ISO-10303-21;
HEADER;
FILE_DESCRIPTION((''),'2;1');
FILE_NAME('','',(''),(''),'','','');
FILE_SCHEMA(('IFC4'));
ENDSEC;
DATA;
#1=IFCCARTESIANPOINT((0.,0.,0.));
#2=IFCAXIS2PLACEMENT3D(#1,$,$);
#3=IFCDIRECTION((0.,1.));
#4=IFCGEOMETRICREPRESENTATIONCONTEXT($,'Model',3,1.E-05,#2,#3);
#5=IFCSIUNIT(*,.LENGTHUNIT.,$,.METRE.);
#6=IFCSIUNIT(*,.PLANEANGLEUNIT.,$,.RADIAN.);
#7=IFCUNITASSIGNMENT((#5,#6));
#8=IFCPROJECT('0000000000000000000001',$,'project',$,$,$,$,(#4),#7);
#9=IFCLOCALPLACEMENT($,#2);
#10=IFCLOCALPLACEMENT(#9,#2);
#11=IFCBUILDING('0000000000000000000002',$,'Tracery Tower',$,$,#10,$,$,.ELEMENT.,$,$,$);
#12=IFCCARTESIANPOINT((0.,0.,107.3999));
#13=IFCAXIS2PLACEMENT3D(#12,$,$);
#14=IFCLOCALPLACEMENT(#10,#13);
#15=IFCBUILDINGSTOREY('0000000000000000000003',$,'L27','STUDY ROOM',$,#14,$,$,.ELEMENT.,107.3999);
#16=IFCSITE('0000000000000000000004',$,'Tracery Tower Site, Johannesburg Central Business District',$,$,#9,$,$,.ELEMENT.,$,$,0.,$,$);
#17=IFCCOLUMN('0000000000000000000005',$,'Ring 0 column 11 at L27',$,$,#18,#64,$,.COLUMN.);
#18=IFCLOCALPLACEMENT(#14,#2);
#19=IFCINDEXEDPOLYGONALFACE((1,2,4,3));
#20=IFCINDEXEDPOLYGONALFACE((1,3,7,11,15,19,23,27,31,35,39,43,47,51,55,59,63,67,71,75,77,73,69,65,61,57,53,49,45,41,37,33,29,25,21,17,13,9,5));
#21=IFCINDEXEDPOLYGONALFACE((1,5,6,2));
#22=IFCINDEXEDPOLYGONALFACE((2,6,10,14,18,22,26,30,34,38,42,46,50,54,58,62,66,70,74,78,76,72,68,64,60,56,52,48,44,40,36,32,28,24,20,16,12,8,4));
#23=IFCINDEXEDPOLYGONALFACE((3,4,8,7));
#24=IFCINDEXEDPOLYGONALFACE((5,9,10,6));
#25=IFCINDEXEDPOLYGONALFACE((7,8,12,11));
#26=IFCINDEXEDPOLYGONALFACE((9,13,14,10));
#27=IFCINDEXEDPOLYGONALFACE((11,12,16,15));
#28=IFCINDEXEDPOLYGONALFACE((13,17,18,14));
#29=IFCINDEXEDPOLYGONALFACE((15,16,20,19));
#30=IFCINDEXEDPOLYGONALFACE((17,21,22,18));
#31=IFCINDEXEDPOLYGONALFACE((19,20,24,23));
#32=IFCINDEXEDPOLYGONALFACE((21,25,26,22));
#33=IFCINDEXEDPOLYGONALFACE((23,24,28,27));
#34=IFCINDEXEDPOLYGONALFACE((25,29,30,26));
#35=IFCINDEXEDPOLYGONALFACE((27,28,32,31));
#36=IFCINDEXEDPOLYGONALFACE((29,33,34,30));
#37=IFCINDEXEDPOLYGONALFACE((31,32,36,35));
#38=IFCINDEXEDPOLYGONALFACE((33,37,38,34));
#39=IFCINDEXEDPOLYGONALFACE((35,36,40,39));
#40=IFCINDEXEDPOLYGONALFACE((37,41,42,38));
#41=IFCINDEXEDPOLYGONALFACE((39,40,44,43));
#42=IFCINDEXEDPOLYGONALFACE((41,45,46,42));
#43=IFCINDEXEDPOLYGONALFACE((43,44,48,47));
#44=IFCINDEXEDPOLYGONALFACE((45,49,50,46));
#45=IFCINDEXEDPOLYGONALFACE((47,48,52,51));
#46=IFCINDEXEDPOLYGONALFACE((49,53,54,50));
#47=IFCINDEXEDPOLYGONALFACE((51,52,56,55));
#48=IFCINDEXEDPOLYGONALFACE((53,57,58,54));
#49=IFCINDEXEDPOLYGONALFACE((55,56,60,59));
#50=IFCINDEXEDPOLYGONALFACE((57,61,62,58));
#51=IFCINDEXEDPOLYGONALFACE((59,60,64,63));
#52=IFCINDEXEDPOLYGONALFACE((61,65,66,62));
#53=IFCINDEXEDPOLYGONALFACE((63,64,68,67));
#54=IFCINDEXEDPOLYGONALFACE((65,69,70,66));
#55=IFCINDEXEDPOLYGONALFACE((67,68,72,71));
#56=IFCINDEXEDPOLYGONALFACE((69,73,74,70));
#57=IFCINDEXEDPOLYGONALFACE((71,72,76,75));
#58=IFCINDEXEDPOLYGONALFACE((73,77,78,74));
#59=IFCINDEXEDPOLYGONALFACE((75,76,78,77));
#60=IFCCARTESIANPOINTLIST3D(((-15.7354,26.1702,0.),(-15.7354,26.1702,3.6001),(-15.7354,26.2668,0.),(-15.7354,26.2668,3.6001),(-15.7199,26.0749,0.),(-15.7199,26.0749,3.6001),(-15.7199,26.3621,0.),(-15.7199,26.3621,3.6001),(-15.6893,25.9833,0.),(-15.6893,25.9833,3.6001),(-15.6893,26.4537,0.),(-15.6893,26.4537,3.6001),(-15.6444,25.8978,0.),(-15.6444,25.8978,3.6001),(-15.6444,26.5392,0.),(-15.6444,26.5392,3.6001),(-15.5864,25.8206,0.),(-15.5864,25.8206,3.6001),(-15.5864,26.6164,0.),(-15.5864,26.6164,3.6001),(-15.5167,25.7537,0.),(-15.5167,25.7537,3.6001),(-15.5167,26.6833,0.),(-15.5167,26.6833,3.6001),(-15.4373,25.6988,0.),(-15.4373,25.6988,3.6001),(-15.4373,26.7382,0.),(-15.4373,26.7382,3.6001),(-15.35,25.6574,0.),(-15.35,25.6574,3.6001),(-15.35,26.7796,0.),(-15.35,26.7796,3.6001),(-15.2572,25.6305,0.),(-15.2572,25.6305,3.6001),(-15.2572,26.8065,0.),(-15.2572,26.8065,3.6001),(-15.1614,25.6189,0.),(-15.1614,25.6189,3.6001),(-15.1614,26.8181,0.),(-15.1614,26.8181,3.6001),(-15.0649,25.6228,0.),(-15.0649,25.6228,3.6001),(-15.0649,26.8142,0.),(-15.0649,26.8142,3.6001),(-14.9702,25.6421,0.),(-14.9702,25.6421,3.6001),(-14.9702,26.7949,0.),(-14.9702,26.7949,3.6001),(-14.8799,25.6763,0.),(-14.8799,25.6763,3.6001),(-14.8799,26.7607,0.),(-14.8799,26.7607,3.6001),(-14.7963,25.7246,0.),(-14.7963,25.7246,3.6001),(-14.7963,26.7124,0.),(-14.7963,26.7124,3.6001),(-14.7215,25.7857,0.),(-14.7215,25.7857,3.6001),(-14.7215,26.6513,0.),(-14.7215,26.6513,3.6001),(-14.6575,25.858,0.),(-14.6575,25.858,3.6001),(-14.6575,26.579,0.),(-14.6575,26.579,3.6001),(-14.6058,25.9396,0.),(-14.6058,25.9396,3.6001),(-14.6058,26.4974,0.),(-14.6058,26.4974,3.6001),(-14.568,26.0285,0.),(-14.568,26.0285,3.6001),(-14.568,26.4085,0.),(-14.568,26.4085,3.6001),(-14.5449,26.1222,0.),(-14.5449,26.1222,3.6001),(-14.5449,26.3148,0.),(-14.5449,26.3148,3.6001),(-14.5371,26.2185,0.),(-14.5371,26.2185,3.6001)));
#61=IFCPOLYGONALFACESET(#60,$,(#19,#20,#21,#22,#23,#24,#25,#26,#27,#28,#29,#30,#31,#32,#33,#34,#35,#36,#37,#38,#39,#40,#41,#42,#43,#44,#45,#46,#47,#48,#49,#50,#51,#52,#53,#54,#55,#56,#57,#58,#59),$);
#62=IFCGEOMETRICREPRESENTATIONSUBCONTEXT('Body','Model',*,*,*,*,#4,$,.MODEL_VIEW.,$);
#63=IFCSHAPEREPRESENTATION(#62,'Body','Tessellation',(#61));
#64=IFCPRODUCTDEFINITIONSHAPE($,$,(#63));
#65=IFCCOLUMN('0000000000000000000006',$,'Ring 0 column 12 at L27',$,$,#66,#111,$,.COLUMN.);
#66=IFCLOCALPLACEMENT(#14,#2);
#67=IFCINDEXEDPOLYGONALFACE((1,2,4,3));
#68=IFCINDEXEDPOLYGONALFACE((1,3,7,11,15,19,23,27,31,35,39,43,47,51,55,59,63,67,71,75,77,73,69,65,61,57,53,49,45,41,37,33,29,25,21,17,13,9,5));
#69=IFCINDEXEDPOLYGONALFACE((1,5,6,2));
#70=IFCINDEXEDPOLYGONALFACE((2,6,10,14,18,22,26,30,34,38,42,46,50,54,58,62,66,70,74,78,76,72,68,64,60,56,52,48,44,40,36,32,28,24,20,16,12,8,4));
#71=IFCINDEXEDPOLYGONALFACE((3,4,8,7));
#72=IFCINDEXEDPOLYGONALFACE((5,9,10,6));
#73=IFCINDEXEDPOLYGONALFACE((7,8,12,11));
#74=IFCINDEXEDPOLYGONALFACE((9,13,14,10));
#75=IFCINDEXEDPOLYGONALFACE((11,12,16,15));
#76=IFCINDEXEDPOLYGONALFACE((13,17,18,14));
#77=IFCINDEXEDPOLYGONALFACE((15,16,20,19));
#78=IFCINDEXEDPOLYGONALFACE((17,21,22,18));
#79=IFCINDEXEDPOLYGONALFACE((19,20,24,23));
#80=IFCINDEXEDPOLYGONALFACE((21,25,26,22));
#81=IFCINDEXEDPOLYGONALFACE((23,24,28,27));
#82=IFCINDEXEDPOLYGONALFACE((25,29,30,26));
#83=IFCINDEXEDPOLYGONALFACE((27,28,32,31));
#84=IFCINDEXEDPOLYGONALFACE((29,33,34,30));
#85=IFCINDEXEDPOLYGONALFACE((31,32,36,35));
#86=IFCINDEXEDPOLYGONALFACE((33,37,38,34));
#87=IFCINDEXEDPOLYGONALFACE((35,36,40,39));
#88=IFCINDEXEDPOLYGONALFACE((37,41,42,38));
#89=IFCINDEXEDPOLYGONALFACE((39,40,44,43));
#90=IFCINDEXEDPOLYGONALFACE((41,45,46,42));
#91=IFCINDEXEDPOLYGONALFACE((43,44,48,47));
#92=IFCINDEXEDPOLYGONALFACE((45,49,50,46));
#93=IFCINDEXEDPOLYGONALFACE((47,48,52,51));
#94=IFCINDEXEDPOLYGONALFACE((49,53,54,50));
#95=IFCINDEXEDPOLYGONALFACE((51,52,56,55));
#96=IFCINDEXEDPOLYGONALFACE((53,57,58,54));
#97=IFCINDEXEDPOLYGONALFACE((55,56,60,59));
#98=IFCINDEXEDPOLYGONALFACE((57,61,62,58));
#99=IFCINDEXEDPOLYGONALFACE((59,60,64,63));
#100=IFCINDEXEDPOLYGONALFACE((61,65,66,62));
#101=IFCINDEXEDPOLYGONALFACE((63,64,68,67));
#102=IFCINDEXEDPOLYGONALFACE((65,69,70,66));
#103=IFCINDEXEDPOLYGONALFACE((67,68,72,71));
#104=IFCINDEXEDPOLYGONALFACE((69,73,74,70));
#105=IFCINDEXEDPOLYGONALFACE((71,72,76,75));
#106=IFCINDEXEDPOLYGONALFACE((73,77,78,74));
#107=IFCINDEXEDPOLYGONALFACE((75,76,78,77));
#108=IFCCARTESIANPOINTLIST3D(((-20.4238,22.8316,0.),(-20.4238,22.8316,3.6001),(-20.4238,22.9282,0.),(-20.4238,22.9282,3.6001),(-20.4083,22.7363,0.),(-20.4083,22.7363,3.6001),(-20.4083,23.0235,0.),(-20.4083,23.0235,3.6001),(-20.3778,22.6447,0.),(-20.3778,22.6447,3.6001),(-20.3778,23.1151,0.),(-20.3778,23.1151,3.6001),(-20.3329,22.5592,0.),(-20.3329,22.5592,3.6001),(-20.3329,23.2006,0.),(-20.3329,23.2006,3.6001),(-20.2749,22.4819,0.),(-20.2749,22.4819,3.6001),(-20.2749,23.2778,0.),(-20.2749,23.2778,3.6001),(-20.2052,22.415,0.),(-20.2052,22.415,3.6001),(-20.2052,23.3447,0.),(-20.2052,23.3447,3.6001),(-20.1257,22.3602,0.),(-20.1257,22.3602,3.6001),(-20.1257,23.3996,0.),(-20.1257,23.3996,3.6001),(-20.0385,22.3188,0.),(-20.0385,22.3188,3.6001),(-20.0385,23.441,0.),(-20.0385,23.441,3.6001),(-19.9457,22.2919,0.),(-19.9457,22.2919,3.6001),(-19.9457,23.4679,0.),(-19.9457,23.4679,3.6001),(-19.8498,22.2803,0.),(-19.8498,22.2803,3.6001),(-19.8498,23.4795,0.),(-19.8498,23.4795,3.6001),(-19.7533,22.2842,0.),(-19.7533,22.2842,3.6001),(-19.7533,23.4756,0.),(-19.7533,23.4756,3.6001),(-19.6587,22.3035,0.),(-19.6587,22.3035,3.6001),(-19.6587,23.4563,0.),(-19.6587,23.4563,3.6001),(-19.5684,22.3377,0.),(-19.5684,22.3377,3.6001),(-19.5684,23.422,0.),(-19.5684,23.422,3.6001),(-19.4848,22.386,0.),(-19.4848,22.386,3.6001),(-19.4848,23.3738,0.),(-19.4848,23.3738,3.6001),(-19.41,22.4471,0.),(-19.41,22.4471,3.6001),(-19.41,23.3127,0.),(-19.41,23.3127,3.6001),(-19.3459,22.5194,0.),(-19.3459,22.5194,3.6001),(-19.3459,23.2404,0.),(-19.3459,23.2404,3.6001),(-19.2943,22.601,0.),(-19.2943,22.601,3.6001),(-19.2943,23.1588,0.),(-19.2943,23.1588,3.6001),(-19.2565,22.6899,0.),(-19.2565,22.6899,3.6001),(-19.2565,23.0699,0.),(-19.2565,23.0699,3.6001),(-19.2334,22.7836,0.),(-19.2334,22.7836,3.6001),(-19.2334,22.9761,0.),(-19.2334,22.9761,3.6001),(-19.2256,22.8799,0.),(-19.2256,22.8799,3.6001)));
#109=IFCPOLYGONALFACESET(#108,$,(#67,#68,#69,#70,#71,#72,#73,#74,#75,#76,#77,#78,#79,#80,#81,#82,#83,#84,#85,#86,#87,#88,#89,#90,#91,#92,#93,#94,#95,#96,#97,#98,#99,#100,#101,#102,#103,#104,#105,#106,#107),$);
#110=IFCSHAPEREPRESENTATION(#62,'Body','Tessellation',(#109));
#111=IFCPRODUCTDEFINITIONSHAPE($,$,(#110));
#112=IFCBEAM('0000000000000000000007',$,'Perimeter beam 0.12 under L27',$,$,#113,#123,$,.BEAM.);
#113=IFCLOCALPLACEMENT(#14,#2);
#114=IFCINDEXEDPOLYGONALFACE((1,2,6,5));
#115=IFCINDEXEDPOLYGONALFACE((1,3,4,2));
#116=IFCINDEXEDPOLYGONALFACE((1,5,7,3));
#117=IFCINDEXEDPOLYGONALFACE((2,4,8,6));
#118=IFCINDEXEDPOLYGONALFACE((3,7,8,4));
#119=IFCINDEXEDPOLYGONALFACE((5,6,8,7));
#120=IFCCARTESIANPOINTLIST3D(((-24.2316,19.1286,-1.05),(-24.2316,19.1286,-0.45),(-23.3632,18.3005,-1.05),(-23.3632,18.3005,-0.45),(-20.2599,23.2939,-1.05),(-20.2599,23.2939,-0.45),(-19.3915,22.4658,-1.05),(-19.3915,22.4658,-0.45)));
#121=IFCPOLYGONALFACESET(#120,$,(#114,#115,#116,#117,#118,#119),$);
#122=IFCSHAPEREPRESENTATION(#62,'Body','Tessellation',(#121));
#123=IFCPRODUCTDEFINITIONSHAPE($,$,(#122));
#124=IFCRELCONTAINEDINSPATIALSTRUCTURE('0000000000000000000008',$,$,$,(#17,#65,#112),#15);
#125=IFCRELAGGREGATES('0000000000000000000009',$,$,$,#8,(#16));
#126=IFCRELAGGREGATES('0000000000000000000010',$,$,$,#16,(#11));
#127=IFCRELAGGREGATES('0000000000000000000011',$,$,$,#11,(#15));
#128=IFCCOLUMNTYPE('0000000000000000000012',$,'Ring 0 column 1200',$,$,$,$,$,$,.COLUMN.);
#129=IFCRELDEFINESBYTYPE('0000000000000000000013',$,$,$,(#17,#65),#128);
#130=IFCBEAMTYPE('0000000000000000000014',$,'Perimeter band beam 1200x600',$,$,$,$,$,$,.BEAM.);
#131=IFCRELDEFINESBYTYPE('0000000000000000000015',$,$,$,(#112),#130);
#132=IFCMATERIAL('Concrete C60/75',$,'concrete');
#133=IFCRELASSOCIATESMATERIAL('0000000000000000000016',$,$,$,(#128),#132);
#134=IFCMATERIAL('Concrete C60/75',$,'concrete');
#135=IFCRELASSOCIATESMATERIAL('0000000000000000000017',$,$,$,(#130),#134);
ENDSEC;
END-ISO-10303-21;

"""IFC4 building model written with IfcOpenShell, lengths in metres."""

from ifc_helpers import new_model, si_unit, direction, frame, origin, origin_2d, place, context, subcontext, project, spatial, rectangle, circle, extrude, material, material_profile, profile_set, type_object, element, save


model = new_model("IFC4")

# Units and contexts
model_context = context("Model", 3, precision=1e-05, world=origin(), true_north=direction((0.0, 1.0)))
body_context = subcontext(model_context, "Body", "Model", "MODEL_VIEW")
ifc_project = project(units=[si_unit("LENGTHUNIT", "METRE"), si_unit("PLANEANGLEUNIT", "RADIAN")], contexts=[model_context])

# Site, building, storey
site_placement = place(None, origin())
site = spatial("IfcSite", under=ifc_project, at=site_placement, Name="Tracery Tower Site, Johannesburg Central Business District", CompositionType="ELEMENT", RefElevation=0.0)
building_placement = place(site_placement, origin())
building = spatial("IfcBuilding", under=site, at=building_placement, Name="Tracery Tower", CompositionType="ELEMENT")
storey_placement = place(building_placement, frame((0.0, 0.0, 107.3999)))
storey = spatial("IfcBuildingStorey", under=building, at=storey_placement, Name="L27", Description="STUDY ROOM", CompositionType="ELEMENT", Elevation=107.3999)

# Columns
ifc_material_1 = material(Name="Concrete C60/75", Category="concrete")
ifc_material_profile_1 = material_profile(ifc_material_1, circle(Radius=0.6001, at=origin_2d()), Name="RC D1200")
ifc_profile_set_1 = profile_set([ifc_material_profile_1], Name="Concrete C60/75")
column_type = type_object("IfcColumnType", Name="Ring 0 column 1200", PredefinedType="COLUMN", material=ifc_profile_set_1)
for number, where, z_axis, x_axis, name in (
    (1, (-15.1372, 26.2185, 0.0), (0.0, 0.0, 1.0), (1.0, 0.0, 0.0), "Ring 0 column 11 at L27"),
    (2, (-19.8257, 22.8799, 0.0), (0.0, 0.0, 1.0), (1.0, 0.0, 0.0), "Ring 0 column 12 at L27"),
):
    element("IfcColumn", number, at=place(storey_placement, frame(where, z_axis=z_axis, x_axis=x_axis)), inside=storey, type_object=column_type, Name=name, PredefinedType="COLUMN", context=body_context, shape_type="SweptSolid", body=[
        extrude(circle(Radius=0.6001, at=origin_2d()), origin(), (0.0, 0.0, 1.0), 3.6001),
    ])

# Beam
ifc_material_2 = material(Name="Concrete C60/75", Category="concrete")
ifc_material_profile_2 = material_profile(ifc_material_2, rectangle(XDim=1.2, YDim=0.6001, at=origin_2d()), Name="RC 1200x600")
ifc_profile_set_2 = profile_set([ifc_material_profile_2], Name="Concrete C60/75")
beam_type = type_object("IfcBeamType", Name="Perimeter band beam 1200x600", PredefinedType="BEAM", material=ifc_profile_set_2)
beam_placement = place(storey_placement, frame((-19.8257, 22.8799, -0.75), z_axis=(-0.690087, -0.723726, 0.0), x_axis=(0.723726, -0.690087, 0.0)))
element("IfcBeam", 3, at=beam_placement, inside=storey, type_object=beam_type, Name="Perimeter beam 0.12 under L27", PredefinedType="BEAM", context=body_context, shape_type="SweptSolid", body=[
    extrude(rectangle(XDim=1.2, YDim=0.6001, at=origin_2d()), origin(), (0.0, 0.0, 1.0), 5.7554),
])

save(model, "model.ifc")
